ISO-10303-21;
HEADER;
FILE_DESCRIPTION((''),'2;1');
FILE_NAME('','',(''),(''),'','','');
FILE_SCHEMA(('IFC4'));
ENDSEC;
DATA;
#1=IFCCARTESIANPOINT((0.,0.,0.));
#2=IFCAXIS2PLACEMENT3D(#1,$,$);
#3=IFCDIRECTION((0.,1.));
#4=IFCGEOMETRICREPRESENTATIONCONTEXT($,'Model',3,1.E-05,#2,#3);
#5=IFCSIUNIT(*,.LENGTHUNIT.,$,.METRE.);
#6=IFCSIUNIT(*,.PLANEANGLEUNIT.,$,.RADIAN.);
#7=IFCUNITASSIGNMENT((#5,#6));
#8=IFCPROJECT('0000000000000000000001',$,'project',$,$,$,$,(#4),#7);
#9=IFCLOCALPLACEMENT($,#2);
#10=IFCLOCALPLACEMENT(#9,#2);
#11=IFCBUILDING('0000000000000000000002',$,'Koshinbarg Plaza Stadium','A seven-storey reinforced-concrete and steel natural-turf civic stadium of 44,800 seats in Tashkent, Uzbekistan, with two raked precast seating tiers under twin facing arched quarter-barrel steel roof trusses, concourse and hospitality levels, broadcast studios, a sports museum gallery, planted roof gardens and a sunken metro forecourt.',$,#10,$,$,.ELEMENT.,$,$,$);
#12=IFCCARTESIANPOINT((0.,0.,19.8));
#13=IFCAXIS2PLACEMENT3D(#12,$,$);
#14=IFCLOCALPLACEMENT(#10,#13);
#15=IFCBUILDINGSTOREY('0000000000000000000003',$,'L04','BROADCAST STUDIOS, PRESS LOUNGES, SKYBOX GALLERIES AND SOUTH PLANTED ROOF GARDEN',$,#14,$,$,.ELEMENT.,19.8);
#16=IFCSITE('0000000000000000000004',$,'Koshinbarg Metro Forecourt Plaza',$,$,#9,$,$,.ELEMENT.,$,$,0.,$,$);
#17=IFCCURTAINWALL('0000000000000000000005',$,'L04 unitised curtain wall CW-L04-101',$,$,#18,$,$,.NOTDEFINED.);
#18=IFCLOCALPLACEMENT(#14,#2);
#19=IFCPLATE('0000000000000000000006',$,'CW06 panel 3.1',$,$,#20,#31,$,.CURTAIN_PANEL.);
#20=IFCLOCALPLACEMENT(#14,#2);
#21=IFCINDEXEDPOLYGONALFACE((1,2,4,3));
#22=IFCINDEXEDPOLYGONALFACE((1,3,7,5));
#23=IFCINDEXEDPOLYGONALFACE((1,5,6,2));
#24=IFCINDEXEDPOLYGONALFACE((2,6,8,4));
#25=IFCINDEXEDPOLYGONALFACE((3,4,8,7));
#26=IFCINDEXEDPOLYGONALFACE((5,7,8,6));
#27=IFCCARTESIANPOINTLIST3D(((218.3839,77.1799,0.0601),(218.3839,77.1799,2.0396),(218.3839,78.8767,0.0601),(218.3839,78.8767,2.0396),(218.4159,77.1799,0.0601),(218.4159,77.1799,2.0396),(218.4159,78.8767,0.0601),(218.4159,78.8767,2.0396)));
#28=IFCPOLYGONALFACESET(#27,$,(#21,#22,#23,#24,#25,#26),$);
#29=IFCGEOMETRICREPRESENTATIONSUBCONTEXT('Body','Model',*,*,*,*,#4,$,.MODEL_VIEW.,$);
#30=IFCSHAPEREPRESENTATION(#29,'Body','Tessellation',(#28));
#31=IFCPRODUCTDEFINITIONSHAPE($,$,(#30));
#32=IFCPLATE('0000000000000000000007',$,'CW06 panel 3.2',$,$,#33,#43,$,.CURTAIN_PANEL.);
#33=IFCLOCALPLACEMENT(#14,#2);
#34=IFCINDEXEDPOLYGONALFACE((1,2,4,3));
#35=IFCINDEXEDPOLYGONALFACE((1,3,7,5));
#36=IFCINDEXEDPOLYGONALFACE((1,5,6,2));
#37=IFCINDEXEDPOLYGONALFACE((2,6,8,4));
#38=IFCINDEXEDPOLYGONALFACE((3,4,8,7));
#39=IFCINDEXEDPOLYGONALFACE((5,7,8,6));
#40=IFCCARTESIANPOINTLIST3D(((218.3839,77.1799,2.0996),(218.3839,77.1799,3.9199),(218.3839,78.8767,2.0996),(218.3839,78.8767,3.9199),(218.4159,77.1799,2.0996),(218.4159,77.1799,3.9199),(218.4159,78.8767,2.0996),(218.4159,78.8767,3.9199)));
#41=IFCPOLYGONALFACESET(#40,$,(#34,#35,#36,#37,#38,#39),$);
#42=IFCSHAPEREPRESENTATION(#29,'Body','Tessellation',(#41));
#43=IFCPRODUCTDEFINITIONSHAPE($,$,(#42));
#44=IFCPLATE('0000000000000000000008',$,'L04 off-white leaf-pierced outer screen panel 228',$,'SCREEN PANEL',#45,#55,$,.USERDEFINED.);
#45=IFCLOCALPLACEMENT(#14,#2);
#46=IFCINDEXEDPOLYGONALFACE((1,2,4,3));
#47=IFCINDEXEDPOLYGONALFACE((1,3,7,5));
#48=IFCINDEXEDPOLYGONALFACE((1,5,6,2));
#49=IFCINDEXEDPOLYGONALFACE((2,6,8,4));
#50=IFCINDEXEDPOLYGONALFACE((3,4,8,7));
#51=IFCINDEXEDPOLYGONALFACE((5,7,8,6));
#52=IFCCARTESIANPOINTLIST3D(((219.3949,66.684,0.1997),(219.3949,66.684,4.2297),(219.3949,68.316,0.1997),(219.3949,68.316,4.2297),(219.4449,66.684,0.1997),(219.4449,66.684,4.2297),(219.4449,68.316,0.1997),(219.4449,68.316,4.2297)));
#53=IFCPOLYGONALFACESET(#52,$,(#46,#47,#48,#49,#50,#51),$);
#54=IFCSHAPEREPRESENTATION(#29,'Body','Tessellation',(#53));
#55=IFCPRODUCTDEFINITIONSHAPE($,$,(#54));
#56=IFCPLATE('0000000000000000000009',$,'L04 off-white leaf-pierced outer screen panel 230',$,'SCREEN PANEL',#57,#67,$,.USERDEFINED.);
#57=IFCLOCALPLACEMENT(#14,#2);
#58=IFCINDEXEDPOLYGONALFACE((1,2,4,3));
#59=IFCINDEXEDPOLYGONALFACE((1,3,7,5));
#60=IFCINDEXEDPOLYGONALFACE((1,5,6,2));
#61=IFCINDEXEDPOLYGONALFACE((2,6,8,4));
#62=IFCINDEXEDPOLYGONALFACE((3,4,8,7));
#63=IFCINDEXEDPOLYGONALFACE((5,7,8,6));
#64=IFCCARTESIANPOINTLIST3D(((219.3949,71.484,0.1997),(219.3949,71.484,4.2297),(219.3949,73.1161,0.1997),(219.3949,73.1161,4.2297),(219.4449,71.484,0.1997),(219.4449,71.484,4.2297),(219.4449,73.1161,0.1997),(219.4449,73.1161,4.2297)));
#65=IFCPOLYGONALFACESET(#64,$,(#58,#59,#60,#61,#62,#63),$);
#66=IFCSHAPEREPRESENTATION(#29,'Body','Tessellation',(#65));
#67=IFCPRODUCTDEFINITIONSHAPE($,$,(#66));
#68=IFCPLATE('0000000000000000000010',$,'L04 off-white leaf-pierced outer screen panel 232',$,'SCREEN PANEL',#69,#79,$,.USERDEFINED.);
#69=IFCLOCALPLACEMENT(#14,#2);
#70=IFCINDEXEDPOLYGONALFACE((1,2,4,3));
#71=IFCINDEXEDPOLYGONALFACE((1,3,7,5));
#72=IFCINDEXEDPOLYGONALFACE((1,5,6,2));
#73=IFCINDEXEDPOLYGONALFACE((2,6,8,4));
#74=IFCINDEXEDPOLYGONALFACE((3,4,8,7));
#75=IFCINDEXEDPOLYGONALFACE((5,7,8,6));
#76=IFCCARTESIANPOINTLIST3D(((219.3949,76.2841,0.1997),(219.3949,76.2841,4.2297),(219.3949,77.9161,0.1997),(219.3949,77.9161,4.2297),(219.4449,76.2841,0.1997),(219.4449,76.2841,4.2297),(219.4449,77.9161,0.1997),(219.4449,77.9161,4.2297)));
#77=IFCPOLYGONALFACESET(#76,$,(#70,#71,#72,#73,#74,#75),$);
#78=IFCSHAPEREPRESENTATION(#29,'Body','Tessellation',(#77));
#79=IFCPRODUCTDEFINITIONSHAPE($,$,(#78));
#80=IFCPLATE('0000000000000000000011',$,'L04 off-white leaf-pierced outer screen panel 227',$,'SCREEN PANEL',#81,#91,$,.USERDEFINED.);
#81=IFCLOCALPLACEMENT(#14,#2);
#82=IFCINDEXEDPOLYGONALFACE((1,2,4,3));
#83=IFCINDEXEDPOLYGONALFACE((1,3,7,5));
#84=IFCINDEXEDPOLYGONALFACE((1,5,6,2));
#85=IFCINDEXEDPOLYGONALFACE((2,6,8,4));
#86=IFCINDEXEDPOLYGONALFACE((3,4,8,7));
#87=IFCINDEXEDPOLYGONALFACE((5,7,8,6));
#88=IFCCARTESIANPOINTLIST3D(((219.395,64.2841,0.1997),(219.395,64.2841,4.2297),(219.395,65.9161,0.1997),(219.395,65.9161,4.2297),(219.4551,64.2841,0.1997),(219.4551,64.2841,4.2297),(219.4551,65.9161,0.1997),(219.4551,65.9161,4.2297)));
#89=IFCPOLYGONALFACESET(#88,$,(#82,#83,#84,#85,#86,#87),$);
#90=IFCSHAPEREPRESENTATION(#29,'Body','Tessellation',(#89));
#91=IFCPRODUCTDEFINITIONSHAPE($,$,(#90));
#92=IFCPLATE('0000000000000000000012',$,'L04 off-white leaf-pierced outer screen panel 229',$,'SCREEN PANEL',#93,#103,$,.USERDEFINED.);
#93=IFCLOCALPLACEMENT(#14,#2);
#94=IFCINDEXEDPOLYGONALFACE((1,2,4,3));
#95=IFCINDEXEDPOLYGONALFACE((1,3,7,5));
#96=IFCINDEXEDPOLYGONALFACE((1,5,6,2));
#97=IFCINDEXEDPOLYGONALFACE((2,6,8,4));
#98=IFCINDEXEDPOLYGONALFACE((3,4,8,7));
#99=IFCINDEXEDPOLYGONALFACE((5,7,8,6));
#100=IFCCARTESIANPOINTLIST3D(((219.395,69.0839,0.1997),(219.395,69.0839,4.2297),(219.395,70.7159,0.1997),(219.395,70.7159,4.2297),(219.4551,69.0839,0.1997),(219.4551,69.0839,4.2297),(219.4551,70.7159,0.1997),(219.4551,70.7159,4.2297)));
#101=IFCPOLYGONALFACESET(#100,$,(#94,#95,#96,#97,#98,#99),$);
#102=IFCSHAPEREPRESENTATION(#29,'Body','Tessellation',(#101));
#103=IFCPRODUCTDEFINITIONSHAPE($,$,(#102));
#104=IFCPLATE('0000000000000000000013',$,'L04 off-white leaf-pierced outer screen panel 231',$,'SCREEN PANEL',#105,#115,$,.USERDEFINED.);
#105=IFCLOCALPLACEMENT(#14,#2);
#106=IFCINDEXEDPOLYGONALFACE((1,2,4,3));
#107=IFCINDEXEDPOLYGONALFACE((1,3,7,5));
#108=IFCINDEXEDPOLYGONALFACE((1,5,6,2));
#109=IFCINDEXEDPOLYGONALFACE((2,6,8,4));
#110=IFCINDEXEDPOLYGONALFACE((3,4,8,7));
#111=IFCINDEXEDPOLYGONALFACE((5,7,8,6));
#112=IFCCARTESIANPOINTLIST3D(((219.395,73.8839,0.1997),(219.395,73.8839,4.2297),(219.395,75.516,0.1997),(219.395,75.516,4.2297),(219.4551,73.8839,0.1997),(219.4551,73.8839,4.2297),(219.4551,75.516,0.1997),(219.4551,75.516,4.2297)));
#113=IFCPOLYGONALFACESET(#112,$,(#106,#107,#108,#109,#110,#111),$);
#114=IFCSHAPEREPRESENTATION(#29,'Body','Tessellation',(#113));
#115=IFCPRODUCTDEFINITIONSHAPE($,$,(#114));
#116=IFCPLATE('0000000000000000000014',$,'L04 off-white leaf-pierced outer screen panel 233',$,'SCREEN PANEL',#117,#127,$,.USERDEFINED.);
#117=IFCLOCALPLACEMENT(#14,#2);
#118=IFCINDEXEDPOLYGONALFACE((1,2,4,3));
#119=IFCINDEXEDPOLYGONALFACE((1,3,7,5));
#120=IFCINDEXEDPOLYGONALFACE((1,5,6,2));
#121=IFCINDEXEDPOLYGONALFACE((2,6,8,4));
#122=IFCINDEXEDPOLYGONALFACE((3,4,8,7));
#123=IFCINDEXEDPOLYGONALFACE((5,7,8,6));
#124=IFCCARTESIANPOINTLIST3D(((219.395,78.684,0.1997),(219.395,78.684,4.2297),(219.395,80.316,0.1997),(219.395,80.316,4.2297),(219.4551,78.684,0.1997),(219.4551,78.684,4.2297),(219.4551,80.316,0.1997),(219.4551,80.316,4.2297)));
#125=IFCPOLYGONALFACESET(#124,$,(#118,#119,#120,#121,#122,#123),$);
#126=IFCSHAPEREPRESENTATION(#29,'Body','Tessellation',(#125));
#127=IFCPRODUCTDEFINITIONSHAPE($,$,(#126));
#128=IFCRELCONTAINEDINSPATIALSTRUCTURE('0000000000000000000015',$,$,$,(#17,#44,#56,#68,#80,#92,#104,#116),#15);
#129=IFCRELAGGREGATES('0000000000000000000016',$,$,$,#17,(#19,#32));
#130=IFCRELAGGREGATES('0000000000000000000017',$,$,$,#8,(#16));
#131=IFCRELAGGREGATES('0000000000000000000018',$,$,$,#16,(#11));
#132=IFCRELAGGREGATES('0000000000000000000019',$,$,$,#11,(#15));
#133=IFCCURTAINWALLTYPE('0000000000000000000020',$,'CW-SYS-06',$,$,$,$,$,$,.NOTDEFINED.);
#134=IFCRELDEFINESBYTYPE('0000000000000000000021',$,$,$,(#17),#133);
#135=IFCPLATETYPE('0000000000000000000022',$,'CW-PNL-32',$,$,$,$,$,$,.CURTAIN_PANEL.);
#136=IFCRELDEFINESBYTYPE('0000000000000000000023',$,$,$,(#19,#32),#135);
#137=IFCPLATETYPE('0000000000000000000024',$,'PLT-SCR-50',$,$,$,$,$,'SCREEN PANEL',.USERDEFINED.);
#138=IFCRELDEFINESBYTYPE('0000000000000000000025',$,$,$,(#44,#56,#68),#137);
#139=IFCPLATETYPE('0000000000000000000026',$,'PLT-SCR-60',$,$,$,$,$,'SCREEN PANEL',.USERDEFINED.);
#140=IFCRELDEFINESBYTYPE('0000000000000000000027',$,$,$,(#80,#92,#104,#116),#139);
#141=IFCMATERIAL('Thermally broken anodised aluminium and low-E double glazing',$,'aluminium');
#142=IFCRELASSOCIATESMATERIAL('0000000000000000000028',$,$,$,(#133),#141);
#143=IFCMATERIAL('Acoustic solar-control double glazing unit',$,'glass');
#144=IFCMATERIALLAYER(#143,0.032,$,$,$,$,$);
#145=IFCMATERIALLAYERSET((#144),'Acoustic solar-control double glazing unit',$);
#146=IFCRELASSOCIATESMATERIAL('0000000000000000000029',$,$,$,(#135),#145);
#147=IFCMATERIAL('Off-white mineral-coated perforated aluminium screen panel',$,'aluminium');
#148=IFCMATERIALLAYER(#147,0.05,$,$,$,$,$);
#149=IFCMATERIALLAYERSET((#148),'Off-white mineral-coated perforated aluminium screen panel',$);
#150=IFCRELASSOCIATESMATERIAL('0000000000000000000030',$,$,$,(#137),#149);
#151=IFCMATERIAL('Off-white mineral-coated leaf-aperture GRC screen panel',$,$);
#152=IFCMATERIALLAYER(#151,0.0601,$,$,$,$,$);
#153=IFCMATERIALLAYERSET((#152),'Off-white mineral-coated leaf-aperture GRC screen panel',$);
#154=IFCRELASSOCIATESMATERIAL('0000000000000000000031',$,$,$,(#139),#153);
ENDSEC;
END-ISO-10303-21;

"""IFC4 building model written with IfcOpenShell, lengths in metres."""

from ifc_helpers import new_model, si_unit, direction, frame, origin, origin_2d, place, context, subcontext, project, spatial, rectangle, extrude, material, layer, layer_set, type_object, element, aggregate, save


model = new_model("IFC4")

# Units and contexts
model_context = context("Model", 3, precision=1e-05, world=origin(), true_north=direction((0.0, 1.0)))
body_context = subcontext(model_context, "Body", "Model", "MODEL_VIEW")
ifc_project = project(units=[si_unit("LENGTHUNIT", "METRE"), si_unit("PLANEANGLEUNIT", "RADIAN")], contexts=[model_context])

# Site, building, storey
site_placement = place(None, origin())
site = spatial("IfcSite", under=ifc_project, at=site_placement, Name="Koshinbarg Metro Forecourt Plaza", CompositionType="ELEMENT", RefElevation=0.0)
building_placement = place(site_placement, origin())
building = spatial("IfcBuilding", under=site, at=building_placement, Name="Koshinbarg Plaza Stadium", Description="A seven-storey reinforced-concrete and steel natural-turf civic stadium of 44,800 seats in Tashkent, Uzbekistan, with two raked precast seating tiers under twin facing arched quarter-barrel steel roof trusses, concourse and hospitality levels, broadcast studios, a sports museum gallery, planted roof gardens and a sunken metro forecourt.", CompositionType="ELEMENT")
storey_placement = place(building_placement, frame((0.0, 0.0, 19.8)))
storey = spatial("IfcBuildingStorey", under=building, at=storey_placement, Name="L04", Description="BROADCAST STUDIOS, PRESS LOUNGES, SKYBOX GALLERIES AND SOUTH PLANTED ROOF GARDEN", CompositionType="ELEMENT", Elevation=19.8)

# Curtain wall
ifc_material_1 = material(Name="Thermally broken anodised aluminium and low-E double glazing", Category="aluminium")
curtain_wall_type_1 = type_object("IfcCurtainWallType", Name="CW-SYS-06", PredefinedType="NOTDEFINED", material=ifc_material_1)
curtain_wall_1_placement = place(storey_placement, origin())
curtain_wall_1 = element("IfcCurtainWall", 1, at=curtain_wall_1_placement, inside=storey, type_object=curtain_wall_type_1, Name="L04 unitised curtain wall CW-L04-101", PredefinedType="NOTDEFINED")

# Plates
ifc_material_2 = material(Name="Acoustic solar-control double glazing unit", Category="glass")
ifc_layer_1 = layer(ifc_material_2, 0.032)
ifc_layer_set_1 = layer_set([ifc_layer_1], Name="Acoustic solar-control double glazing unit")
plate_type_1 = type_object("IfcPlateType", Name="CW-PNL-32", PredefinedType="CURTAIN_PANEL", material=ifc_layer_set_1)
plate_1_placement = place(storey_placement, frame((218.3999, 78.0283, 0.0601), z_axis=(0.0, 0.0, 1.0), x_axis=(0.0, -1.0, 0.0)))
plate_1 = element("IfcPlate", 2, at=plate_1_placement, type_object=plate_type_1, Name="CW06 panel 3.1", PredefinedType="CURTAIN_PANEL", context=body_context, shape_type="SweptSolid", body=[
    extrude(rectangle(XDim=1.6968, YDim=0.032, at=origin_2d()), origin(), (0.0, 0.0, 1.0), 1.9795),
])
plate_2_placement = place(storey_placement, frame((218.3999, 78.0283, 2.0996), z_axis=(0.0, 0.0, 1.0), x_axis=(0.0, -1.0, 0.0)))
plate_2 = element("IfcPlate", 3, at=plate_2_placement, type_object=plate_type_1, Name="CW06 panel 3.2", PredefinedType="CURTAIN_PANEL", context=body_context, shape_type="SweptSolid", body=[
    extrude(rectangle(XDim=1.6968, YDim=0.032, at=origin_2d()), origin(), (0.0, 0.0, 1.0), 1.8203),
])
aggregate(curtain_wall_1, [plate_1, plate_2])

# Plates
ifc_material_3 = material(Name="Off-white mineral-coated perforated aluminium screen panel", Category="aluminium")
ifc_layer_2 = layer(ifc_material_3, 0.05)
ifc_layer_set_2 = layer_set([ifc_layer_2], Name="Off-white mineral-coated perforated aluminium screen panel")
plate_type_2 = type_object("IfcPlateType", Name="PLT-SCR-50", ElementType="SCREEN PANEL", PredefinedType="USERDEFINED", material=ifc_layer_set_2)
for number, where, z_axis, x_axis, name in (
    (4, (219.4199, 67.5, 0.1997), (0.0, 0.0, 1.0), (1.0, 0.0, 0.0), "L04 off-white leaf-pierced outer screen panel 228"),
    (5, (219.4199, 72.3, 0.1997), (0.0, 0.0, 1.0), (1.0, 0.0, 0.0), "L04 off-white leaf-pierced outer screen panel 230"),
    (6, (219.4199, 77.1001, 0.1997), (0.0, 0.0, 1.0), (1.0, 0.0, 0.0), "L04 off-white leaf-pierced outer screen panel 232"),
):
    element("IfcPlate", number, at=place(storey_placement, frame(where, z_axis=z_axis, x_axis=x_axis)), inside=storey, type_object=plate_type_2, Name=name, ObjectType="SCREEN PANEL", PredefinedType="USERDEFINED", context=body_context, shape_type="SweptSolid", body=[
        extrude(rectangle(XDim=0.05, YDim=1.6321, at=origin_2d()), origin(), (0.0, 0.0, 1.0), 4.03),
    ])
ifc_material_4 = material(Name="Off-white mineral-coated leaf-aperture GRC screen panel")
ifc_layer_3 = layer(ifc_material_4, 0.0601)
ifc_layer_set_3 = layer_set([ifc_layer_3], Name="Off-white mineral-coated leaf-aperture GRC screen panel")
plate_type_3 = type_object("IfcPlateType", Name="PLT-SCR-60", ElementType="SCREEN PANEL", PredefinedType="USERDEFINED", material=ifc_layer_set_3)
for number, where, z_axis, x_axis, name in (
    (7, (219.425, 65.1001, 0.1997), (0.0, 0.0, 1.0), (1.0, 0.0, 0.0), "L04 off-white leaf-pierced outer screen panel 227"),
    (8, (219.425, 69.8999, 0.1997), (0.0, 0.0, 1.0), (1.0, 0.0, 0.0), "L04 off-white leaf-pierced outer screen panel 229"),
    (9, (219.425, 74.7, 0.1997), (0.0, 0.0, 1.0), (1.0, 0.0, 0.0), "L04 off-white leaf-pierced outer screen panel 231"),
    (10, (219.425, 79.5, 0.1997), (0.0, 0.0, 1.0), (1.0, 0.0, 0.0), "L04 off-white leaf-pierced outer screen panel 233"),
):
    element("IfcPlate", number, at=place(storey_placement, frame(where, z_axis=z_axis, x_axis=x_axis)), inside=storey, type_object=plate_type_3, Name=name, ObjectType="SCREEN PANEL", PredefinedType="USERDEFINED", context=body_context, shape_type="SweptSolid", body=[
        extrude(rectangle(XDim=0.0601, YDim=1.6321, at=origin_2d()), origin(), (0.0, 0.0, 1.0), 4.03),
    ])

save(model, "model.ifc")
